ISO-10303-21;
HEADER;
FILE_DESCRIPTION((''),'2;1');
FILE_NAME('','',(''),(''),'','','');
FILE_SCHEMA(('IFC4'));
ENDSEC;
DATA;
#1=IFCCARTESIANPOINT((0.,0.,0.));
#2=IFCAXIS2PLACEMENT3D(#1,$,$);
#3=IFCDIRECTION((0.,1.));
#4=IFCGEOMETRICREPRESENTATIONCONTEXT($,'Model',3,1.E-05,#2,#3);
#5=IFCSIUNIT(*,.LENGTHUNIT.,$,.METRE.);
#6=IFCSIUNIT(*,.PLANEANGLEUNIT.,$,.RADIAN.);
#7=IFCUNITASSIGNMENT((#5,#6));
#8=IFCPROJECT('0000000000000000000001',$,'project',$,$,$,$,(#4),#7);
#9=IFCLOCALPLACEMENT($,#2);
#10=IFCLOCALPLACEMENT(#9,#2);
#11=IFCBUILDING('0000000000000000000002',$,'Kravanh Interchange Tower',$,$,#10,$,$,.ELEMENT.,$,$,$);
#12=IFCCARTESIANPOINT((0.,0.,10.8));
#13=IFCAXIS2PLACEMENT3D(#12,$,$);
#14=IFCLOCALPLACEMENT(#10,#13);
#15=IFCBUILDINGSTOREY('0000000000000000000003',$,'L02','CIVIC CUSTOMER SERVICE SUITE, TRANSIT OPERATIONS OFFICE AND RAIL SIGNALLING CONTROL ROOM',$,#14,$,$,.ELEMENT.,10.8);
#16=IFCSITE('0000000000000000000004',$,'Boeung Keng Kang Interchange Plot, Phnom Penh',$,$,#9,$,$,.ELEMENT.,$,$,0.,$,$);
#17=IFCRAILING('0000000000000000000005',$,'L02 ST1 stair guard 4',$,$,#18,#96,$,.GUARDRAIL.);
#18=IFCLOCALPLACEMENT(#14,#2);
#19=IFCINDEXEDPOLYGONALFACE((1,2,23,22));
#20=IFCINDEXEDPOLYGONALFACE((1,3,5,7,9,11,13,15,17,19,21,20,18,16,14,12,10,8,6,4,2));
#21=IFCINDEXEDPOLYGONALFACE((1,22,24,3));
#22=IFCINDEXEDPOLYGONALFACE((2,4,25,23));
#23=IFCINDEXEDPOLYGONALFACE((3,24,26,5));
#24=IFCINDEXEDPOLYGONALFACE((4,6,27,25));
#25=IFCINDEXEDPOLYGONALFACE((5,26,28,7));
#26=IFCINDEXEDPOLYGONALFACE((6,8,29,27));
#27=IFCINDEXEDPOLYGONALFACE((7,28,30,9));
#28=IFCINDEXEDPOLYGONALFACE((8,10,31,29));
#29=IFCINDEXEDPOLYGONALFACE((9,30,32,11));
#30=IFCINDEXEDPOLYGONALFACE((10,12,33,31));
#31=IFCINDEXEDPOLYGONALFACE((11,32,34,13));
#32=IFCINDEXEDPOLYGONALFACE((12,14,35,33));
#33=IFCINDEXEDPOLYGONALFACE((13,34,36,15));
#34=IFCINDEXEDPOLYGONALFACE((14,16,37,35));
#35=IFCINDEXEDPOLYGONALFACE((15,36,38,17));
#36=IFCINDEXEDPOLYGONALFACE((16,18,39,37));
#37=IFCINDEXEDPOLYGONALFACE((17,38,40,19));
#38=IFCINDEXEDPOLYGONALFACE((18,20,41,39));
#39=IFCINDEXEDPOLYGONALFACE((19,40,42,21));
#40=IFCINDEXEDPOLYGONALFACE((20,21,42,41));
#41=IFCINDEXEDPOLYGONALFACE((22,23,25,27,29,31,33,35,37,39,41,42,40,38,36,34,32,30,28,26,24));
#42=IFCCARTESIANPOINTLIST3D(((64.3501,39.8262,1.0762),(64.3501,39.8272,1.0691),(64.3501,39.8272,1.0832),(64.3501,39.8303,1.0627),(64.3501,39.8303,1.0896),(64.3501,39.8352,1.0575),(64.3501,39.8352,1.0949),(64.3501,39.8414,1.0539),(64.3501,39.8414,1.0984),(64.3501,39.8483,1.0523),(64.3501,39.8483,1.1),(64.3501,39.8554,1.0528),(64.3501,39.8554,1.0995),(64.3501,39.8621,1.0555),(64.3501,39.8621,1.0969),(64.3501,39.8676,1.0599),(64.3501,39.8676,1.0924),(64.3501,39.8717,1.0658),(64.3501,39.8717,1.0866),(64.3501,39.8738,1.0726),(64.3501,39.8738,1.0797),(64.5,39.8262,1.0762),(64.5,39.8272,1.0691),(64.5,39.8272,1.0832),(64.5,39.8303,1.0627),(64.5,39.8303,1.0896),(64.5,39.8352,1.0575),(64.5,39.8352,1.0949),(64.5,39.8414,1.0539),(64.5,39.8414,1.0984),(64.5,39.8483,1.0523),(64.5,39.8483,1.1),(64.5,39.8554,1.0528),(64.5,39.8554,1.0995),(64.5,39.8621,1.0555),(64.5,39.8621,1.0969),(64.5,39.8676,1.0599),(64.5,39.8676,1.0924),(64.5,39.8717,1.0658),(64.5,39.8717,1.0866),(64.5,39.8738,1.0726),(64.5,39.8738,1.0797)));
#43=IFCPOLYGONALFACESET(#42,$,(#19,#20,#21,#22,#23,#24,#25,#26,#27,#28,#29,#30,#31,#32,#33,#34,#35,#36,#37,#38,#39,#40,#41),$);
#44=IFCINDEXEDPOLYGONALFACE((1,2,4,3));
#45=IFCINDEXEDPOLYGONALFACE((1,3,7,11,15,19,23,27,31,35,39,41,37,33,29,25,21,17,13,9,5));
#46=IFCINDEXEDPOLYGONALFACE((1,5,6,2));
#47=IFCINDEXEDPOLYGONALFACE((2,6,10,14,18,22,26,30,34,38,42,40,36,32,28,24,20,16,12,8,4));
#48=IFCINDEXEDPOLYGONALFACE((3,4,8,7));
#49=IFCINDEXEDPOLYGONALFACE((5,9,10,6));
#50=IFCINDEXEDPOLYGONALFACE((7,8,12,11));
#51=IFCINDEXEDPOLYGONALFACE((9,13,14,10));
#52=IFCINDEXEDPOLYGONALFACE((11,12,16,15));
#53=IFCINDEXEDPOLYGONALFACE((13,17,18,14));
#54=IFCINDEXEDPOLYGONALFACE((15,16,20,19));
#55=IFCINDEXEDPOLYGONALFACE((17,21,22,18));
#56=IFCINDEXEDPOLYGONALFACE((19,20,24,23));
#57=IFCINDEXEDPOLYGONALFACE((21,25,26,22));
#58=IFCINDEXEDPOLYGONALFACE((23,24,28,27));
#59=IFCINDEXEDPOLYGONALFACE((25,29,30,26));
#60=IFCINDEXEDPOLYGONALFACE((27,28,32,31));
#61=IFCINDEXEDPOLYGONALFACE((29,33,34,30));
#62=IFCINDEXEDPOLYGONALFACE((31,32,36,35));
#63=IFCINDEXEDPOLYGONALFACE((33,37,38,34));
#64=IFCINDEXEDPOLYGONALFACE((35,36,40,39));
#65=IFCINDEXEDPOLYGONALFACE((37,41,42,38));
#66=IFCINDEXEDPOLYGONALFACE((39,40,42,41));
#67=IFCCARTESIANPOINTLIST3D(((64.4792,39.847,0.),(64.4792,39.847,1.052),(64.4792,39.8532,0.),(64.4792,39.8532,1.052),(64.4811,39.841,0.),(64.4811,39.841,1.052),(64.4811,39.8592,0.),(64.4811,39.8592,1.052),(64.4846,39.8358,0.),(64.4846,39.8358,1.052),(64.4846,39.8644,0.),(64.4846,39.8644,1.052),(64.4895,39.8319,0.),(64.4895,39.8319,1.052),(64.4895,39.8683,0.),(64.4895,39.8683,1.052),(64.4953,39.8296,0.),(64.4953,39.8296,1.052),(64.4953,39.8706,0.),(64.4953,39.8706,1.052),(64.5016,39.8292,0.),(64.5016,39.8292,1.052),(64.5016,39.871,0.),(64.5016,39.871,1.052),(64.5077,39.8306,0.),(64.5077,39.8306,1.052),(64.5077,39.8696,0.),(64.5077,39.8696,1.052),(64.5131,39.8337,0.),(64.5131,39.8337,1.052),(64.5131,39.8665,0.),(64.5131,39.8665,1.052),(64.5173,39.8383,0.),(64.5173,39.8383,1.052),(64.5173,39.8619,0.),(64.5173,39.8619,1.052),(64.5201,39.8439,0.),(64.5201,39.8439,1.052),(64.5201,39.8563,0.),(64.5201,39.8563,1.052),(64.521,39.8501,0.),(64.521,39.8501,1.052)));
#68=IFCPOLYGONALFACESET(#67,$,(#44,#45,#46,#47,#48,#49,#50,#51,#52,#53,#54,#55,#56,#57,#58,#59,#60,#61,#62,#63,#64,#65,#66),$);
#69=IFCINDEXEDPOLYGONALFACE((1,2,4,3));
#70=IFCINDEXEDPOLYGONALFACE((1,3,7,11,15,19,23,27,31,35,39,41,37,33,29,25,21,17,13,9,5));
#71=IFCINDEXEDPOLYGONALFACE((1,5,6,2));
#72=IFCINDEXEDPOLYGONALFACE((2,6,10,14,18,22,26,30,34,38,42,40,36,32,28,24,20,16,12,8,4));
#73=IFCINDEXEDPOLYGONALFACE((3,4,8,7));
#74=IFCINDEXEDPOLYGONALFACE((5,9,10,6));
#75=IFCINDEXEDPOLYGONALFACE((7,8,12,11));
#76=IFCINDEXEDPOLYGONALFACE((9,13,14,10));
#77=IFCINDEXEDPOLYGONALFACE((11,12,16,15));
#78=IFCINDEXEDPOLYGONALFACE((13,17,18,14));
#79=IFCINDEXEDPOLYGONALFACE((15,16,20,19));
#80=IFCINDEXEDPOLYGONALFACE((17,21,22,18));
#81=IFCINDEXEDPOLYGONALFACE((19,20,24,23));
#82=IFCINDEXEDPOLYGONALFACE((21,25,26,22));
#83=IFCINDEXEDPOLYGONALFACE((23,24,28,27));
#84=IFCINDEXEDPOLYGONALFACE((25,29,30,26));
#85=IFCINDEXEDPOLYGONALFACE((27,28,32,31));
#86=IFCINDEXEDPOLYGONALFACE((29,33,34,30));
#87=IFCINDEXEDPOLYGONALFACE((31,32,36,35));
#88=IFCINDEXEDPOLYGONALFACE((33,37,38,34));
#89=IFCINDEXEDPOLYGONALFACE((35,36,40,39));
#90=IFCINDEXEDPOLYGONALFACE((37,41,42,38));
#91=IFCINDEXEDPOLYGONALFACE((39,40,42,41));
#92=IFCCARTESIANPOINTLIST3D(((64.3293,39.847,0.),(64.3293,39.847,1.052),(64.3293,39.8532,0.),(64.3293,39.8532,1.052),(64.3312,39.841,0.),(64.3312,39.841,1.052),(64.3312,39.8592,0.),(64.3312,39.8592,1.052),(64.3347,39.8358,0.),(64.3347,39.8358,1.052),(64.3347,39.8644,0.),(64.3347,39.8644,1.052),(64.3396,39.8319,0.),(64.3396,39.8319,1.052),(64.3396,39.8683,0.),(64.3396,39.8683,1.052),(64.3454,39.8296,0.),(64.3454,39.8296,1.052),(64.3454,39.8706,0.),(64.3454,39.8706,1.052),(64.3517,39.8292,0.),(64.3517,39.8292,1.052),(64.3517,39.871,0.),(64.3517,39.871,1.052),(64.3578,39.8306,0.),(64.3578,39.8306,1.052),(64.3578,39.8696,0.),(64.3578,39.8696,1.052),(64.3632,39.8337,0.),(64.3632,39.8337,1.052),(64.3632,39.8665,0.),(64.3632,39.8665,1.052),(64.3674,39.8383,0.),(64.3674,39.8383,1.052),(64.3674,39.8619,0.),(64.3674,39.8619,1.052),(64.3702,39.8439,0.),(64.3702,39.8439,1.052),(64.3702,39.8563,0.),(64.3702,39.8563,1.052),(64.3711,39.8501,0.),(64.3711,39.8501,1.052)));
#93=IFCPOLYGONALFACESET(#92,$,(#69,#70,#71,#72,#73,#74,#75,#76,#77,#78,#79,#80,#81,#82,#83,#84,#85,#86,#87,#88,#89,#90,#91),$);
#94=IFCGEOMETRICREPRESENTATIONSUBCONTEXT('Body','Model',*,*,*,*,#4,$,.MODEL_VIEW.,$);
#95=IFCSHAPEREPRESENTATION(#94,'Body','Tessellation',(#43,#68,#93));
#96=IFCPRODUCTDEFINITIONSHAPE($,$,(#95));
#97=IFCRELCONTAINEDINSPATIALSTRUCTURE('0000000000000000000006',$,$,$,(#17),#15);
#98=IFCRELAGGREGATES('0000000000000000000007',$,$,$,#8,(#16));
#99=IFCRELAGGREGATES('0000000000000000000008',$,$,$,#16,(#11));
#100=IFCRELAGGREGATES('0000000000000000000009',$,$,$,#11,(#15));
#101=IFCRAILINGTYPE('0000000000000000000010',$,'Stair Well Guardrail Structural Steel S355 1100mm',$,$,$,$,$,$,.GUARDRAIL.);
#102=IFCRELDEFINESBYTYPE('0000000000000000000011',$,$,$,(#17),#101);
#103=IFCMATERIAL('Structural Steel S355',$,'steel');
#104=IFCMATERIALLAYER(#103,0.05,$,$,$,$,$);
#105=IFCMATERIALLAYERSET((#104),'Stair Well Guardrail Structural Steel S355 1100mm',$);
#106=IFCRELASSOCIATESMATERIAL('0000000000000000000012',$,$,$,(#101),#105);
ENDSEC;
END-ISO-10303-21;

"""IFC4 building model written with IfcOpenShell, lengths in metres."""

from ifc_helpers import new_model, si_unit, direction, frame, origin, origin_2d, place, context, subcontext, project, spatial, circle, extrude, material, layer, layer_set, type_object, element, save


model = new_model("IFC4")

# Units and contexts
model_context = context("Model", 3, precision=1e-05, world=origin(), true_north=direction((0.0, 1.0)))
body_context = subcontext(model_context, "Body", "Model", "MODEL_VIEW")
ifc_project = project(units=[si_unit("LENGTHUNIT", "METRE"), si_unit("PLANEANGLEUNIT", "RADIAN")], contexts=[model_context])

# Site, building, storey
site_placement = place(None, origin())
site = spatial("IfcSite", under=ifc_project, at=site_placement, Name="Boeung Keng Kang Interchange Plot, Phnom Penh", CompositionType="ELEMENT", RefElevation=0.0)
building_placement = place(site_placement, origin())
building = spatial("IfcBuilding", under=site, at=building_placement, Name="Kravanh Interchange Tower", CompositionType="ELEMENT")
storey_placement = place(building_placement, frame((0.0, 0.0, 10.8)))
storey = spatial("IfcBuildingStorey", under=building, at=storey_placement, Name="L02", Description="CIVIC CUSTOMER SERVICE SUITE, TRANSIT OPERATIONS OFFICE AND RAIL SIGNALLING CONTROL ROOM", CompositionType="ELEMENT", Elevation=10.8)

# Railing
ifc_material_1 = material(Name="Structural Steel S355", Category="steel")
ifc_layer_1 = layer(ifc_material_1, 0.05)
ifc_layer_set_1 = layer_set([ifc_layer_1], Name="Stair Well Guardrail Structural Steel S355 1100mm")
railing_type_1 = type_object("IfcRailingType", Name="Stair Well Guardrail Structural Steel S355 1100mm", PredefinedType="GUARDRAIL", material=ifc_layer_set_1)
railing_1_placement = place(storey_placement, frame((64.5, 39.8501, 0.0)))
element("IfcRailing", 1, at=railing_1_placement, inside=storey, type_object=railing_type_1, Name="L02 ST1 stair guard 4", PredefinedType="GUARDRAIL", context=body_context, shape_type="SweptSolid", body=[
    extrude(circle(Radius=0.0239, at=origin_2d()), frame((0.0, 0.0, 1.0762), z_axis=(-1.0, 0.0, 0.0), x_axis=(0.0, -1.0, 0.0)), (0.0, 0.0, 1.0), 0.1499),
    extrude(circle(Radius=0.021, at=origin_2d()), origin(), (0.0, 0.0, 1.0), 1.052),
    extrude(circle(Radius=0.021, at=origin_2d()), frame((-0.1499, 0.0, 0.0)), (0.0, 0.0, 1.0), 1.052),
])

save(model, "model.ifc")
